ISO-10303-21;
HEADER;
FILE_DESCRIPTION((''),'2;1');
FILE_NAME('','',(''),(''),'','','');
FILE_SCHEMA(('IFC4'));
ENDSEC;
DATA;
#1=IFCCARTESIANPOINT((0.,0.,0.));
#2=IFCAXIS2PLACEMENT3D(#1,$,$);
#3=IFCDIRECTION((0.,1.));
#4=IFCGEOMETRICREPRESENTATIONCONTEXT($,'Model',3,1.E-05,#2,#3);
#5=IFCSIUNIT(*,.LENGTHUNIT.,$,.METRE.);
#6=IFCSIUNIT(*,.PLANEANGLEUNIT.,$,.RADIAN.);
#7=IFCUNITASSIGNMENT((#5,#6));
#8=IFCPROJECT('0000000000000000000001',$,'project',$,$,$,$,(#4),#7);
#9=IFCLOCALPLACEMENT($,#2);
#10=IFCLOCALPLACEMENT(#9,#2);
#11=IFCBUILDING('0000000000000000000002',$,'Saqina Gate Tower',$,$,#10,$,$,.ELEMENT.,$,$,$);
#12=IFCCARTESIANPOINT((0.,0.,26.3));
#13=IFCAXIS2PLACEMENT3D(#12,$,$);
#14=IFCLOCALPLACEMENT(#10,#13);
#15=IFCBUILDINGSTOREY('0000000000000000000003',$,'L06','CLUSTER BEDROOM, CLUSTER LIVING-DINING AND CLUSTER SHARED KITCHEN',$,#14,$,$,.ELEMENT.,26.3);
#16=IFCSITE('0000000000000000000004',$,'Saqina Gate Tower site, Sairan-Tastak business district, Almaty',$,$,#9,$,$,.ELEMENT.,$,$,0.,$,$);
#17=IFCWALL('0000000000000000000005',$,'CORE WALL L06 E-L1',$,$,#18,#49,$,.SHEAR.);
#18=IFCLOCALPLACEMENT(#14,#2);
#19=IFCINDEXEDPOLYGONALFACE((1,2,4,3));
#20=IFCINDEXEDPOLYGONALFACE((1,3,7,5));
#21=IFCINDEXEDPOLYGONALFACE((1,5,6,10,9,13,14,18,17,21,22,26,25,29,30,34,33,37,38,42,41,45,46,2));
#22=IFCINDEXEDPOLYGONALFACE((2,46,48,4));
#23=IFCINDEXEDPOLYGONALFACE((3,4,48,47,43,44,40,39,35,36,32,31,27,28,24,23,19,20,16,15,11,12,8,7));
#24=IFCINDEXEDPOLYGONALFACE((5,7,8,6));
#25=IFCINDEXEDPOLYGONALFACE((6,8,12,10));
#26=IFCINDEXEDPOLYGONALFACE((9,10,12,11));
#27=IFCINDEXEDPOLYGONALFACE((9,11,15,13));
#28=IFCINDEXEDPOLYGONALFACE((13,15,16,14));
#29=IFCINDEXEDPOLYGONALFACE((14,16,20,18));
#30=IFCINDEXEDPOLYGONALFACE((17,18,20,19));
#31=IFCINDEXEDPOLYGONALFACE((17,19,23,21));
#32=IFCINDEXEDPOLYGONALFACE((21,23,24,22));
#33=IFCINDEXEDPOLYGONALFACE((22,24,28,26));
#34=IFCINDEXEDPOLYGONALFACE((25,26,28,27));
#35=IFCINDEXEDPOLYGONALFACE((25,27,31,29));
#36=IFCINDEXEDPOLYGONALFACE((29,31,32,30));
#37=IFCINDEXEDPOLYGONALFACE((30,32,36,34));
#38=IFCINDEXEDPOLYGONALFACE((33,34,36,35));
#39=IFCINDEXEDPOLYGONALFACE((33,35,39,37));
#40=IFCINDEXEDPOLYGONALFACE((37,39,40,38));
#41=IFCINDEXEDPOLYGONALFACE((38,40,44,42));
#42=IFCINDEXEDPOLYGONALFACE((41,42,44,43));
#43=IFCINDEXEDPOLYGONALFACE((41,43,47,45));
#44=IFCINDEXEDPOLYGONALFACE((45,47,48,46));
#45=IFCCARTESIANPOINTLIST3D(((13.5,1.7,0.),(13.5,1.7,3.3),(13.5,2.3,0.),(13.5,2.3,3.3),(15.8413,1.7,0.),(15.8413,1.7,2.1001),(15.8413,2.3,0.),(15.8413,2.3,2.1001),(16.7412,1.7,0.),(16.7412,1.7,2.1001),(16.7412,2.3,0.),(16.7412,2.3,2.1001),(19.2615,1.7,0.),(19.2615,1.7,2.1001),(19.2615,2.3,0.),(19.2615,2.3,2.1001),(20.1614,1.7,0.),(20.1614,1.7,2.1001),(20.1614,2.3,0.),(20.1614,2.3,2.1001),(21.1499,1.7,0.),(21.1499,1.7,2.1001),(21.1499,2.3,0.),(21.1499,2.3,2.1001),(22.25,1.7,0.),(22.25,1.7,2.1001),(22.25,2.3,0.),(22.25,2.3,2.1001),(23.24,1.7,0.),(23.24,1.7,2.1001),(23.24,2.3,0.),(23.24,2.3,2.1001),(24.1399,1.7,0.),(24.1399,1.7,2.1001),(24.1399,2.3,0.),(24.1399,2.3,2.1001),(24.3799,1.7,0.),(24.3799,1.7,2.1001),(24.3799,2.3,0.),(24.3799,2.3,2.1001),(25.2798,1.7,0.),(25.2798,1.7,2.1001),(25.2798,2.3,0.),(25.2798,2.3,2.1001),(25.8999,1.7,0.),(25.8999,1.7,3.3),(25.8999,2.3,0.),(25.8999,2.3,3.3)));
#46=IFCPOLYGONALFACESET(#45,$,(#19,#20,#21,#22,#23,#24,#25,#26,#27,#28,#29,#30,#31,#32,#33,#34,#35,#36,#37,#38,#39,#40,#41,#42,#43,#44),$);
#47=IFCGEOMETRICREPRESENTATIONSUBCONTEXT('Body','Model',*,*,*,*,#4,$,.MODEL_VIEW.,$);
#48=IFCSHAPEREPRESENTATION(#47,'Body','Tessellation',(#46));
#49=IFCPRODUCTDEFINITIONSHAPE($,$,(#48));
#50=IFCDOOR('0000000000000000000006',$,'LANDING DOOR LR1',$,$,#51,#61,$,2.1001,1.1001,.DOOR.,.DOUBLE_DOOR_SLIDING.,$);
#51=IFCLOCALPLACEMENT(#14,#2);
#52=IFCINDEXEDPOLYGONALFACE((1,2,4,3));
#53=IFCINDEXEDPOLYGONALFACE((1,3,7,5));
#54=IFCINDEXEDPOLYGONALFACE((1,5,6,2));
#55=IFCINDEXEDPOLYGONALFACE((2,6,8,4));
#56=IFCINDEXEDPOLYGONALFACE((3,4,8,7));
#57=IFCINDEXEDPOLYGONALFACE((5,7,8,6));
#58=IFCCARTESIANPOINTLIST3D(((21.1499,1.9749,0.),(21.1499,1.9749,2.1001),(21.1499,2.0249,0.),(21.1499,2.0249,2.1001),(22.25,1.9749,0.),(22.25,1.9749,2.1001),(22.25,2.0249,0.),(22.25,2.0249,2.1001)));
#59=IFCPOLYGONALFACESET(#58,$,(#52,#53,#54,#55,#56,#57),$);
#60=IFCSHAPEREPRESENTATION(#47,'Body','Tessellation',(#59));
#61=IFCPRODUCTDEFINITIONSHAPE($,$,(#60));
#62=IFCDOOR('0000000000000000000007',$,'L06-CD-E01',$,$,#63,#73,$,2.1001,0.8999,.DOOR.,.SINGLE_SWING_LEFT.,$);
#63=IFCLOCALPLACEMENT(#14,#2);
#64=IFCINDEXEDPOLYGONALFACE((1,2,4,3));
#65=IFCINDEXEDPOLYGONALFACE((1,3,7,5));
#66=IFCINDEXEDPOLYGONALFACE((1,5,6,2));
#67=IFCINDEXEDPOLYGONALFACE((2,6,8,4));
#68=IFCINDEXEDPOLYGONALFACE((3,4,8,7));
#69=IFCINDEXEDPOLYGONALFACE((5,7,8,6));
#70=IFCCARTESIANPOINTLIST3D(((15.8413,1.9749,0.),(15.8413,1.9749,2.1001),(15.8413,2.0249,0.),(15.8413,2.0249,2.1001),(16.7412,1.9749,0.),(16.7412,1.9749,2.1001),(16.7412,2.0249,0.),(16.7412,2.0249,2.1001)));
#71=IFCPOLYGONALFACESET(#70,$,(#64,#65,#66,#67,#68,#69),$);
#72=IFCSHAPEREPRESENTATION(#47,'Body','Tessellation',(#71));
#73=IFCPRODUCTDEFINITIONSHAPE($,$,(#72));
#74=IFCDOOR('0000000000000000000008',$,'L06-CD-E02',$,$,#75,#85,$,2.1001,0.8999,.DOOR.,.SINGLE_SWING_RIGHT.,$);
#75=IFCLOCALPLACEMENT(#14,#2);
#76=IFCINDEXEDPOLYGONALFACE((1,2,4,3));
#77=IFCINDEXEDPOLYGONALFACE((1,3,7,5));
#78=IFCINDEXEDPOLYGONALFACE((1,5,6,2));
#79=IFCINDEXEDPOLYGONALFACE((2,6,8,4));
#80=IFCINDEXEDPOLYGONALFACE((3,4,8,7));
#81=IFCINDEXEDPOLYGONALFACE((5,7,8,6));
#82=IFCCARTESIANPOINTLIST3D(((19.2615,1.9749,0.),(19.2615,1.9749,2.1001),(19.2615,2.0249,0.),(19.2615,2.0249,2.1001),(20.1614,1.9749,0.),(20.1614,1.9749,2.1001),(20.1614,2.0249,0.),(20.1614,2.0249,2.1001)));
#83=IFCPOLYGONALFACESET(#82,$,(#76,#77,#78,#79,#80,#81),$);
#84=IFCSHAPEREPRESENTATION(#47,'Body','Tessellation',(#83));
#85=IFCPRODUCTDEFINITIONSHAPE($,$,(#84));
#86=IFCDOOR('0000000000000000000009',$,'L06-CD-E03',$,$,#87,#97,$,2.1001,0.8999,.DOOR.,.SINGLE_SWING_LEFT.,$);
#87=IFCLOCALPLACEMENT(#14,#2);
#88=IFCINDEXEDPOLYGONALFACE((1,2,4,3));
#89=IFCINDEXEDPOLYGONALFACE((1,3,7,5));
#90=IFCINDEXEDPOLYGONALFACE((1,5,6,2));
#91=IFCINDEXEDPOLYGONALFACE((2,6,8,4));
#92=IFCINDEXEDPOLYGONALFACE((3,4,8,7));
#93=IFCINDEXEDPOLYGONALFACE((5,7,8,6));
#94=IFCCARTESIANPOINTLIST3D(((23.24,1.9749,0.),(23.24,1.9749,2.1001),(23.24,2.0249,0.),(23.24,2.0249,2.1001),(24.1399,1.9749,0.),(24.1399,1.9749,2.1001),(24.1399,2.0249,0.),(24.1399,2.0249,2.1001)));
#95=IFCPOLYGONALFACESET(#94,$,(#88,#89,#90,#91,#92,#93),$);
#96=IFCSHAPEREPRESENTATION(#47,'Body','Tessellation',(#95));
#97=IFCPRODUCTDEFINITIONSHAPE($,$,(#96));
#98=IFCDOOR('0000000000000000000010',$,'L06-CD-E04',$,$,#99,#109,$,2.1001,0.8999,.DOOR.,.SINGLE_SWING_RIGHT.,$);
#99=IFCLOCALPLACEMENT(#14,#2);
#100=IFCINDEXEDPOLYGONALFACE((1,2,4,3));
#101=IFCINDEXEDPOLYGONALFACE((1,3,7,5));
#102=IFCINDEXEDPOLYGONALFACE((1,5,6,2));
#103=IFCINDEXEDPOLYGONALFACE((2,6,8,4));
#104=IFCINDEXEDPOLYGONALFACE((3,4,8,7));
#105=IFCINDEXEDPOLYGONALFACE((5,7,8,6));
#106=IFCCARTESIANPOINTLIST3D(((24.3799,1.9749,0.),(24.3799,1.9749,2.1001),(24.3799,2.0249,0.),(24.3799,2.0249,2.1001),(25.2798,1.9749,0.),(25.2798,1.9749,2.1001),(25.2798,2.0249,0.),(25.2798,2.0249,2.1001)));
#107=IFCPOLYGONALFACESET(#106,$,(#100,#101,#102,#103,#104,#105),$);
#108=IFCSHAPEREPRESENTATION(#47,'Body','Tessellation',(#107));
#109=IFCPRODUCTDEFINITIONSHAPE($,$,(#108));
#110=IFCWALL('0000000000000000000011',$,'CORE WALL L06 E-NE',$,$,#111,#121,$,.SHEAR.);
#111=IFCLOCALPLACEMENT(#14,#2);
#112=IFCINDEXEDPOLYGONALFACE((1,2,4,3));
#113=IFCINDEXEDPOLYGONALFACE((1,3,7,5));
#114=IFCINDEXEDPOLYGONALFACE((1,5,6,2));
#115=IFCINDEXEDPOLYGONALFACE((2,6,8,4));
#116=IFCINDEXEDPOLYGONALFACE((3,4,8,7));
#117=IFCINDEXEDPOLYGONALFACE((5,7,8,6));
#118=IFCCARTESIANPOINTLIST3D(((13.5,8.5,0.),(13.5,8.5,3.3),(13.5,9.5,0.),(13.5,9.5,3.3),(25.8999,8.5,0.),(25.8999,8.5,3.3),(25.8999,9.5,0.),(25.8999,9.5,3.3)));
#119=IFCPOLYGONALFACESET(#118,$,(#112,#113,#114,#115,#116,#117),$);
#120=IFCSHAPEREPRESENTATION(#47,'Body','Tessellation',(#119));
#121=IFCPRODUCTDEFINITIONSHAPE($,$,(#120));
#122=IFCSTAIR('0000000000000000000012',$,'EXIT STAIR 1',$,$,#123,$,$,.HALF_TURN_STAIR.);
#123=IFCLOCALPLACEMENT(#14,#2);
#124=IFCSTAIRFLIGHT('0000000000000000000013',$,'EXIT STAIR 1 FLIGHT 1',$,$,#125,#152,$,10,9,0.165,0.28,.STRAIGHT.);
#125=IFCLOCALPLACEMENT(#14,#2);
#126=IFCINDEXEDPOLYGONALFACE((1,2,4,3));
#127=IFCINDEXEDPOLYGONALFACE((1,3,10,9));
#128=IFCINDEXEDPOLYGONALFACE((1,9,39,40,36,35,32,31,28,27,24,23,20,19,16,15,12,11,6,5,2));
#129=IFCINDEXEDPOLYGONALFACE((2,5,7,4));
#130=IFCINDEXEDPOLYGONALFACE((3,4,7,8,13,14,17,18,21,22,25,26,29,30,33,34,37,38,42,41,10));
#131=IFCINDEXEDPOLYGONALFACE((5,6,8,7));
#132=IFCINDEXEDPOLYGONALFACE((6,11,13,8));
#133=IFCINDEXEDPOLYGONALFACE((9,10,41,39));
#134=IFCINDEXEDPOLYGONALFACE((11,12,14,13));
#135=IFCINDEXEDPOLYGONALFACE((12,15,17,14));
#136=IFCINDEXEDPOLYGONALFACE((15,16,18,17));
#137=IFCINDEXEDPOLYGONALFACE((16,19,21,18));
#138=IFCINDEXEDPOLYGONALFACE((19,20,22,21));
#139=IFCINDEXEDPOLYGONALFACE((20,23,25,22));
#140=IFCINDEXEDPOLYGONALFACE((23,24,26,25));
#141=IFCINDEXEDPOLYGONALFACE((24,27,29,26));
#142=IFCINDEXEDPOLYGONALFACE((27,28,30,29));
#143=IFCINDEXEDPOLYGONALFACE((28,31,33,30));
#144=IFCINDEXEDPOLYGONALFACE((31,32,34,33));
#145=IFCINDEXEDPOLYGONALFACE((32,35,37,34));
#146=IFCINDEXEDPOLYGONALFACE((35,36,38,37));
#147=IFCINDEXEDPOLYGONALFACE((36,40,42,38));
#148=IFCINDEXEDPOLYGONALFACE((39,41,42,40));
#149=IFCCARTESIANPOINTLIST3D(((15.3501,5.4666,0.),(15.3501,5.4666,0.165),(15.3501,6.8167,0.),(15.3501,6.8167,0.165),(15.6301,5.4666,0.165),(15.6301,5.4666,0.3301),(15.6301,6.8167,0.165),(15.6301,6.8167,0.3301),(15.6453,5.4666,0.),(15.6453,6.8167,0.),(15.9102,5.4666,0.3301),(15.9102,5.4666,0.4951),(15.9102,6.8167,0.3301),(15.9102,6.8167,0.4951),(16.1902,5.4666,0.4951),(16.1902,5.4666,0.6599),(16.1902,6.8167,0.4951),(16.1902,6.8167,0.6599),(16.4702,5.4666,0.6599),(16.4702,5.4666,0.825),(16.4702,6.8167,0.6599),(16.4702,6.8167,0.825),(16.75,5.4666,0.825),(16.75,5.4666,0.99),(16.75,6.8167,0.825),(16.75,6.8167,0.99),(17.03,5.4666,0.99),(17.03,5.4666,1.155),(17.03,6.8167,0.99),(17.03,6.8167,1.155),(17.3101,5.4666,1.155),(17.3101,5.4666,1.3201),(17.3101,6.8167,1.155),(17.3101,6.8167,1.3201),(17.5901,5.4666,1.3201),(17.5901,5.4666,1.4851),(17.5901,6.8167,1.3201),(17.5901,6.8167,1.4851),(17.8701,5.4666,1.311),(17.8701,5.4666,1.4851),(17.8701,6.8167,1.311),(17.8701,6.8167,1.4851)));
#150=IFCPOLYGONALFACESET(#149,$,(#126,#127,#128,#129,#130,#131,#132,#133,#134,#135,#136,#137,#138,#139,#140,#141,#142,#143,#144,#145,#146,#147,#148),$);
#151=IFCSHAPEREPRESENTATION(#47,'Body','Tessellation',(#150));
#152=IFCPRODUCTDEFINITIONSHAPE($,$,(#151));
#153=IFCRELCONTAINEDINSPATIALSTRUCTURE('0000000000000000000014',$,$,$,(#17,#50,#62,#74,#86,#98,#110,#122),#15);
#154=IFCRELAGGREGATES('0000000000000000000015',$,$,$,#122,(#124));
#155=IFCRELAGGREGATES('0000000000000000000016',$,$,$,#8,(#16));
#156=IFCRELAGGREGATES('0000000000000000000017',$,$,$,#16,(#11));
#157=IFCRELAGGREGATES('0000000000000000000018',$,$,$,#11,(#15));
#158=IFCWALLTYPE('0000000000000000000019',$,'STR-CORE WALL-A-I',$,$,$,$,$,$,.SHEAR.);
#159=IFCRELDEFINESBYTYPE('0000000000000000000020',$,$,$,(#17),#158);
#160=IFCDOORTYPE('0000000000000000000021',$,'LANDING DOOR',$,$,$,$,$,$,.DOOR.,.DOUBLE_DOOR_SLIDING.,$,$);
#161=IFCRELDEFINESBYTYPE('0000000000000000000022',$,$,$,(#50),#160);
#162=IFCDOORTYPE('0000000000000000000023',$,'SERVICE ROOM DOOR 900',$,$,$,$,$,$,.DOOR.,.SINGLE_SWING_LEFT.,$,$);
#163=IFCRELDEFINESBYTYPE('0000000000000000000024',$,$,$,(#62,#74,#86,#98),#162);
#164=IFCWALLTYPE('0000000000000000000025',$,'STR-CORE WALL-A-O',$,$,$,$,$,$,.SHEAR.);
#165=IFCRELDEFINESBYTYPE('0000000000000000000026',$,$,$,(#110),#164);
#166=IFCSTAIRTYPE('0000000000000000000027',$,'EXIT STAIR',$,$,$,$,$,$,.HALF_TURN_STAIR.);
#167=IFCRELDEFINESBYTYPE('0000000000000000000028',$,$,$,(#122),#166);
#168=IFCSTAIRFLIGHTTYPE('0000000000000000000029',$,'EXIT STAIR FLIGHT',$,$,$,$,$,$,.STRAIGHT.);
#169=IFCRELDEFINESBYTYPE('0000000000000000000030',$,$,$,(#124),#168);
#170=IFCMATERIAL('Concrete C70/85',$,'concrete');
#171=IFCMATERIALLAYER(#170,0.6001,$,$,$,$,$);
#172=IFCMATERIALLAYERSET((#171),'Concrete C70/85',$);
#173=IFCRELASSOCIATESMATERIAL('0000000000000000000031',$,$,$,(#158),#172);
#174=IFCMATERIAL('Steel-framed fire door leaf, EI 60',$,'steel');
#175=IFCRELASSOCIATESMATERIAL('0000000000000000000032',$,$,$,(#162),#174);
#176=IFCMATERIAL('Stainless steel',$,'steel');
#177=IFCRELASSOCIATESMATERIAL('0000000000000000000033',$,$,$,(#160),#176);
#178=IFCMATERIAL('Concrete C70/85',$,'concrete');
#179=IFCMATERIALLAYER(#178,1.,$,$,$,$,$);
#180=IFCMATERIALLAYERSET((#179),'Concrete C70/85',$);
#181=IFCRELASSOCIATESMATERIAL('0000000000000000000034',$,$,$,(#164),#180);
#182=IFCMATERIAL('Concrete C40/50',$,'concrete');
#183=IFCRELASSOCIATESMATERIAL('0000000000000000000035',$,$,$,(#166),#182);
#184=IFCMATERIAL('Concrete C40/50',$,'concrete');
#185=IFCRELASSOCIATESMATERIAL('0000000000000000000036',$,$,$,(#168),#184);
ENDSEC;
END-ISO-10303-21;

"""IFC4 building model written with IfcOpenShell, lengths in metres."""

from ifc_helpers import new_model, si_unit, direction, frame, frame_2d, origin, place, context, subcontext, project, spatial, polyline, rectangle, outline, extrude, material, layer, layer_set, type_object, element, fill, aggregate, save


model = new_model("IFC4")

# Units and contexts
model_context = context("Model", 3, precision=1e-05, world=origin(), true_north=direction((0.0, 1.0)))
body_context = subcontext(model_context, "Body", "Model", "MODEL_VIEW")
ifc_project = project(units=[si_unit("LENGTHUNIT", "METRE"), si_unit("PLANEANGLEUNIT", "RADIAN")], contexts=[model_context])

# Site, building, storey
site_placement = place(None, origin())
site = spatial("IfcSite", under=ifc_project, at=site_placement, Name="Saqina Gate Tower site, Sairan-Tastak business district, Almaty", CompositionType="ELEMENT", RefElevation=0.0)
building_placement = place(site_placement, origin())
building = spatial("IfcBuilding", under=site, at=building_placement, Name="Saqina Gate Tower", CompositionType="ELEMENT")
storey_placement = place(building_placement, frame((0.0, 0.0, 26.3)))
storey = spatial("IfcBuildingStorey", under=building, at=storey_placement, Name="L06", Description="CLUSTER BEDROOM, CLUSTER LIVING-DINING AND CLUSTER SHARED KITCHEN", CompositionType="ELEMENT", Elevation=26.3)

# Shared definitions
ifc_material_1 = material(Name="Concrete C70/85", Category="concrete")
ifc_layer_1 = layer(ifc_material_1, 0.6001)
ifc_layer_set_1 = layer_set([ifc_layer_1], Name="Concrete C70/85")
wall_type_1 = type_object("IfcWallType", Name="STR-CORE WALL-A-I", PredefinedType="SHEAR", material=ifc_layer_set_1)
ifc_material_2 = material(Name="Steel-framed fire door leaf, EI 60", Category="steel")
door_type_1 = type_object("IfcDoorType", Name="SERVICE ROOM DOOR 900", OperationType="SINGLE_SWING_LEFT", PredefinedType="DOOR", material=ifc_material_2)

# Wall, openings, doors
wall_1_placement = place(storey_placement, frame((13.5, 2.0, 0.0), z_axis=(0.0, 0.0, 1.0), x_axis=(1.0, 0.0, 0.0)))
wall_1 = element("IfcWall", 1, at=wall_1_placement, inside=storey, type_object=wall_type_1, Name="CORE WALL L06 E-L1", PredefinedType="SHEAR", context=body_context, shape_type="SweptSolid", body=[
    extrude(rectangle(XDim=12.3999, YDim=0.6001, at=frame_2d((6.2, 0.0))), origin(), (0.0, 0.0, 1.0), 3.3),
])
opening_1_placement = place(wall_1_placement, frame((7.6499, 0.0, 0.0)))
opening_1 = element("IfcOpeningElement", 2, at=opening_1_placement, cuts=wall_1, PredefinedType="OPENING", context=body_context, shape_type="SweptSolid", body=[
    extrude(rectangle(XDim=1.1001, YDim=2.1001, at=frame_2d((0.55, 1.05))), frame((0.0, 0.312, 0.0), z_axis=(0.0, -1.0, 0.0), x_axis=(1.0, 0.0, 0.0)), (0.0, 0.0, 1.0), 0.624),
])
opening_2_placement = place(wall_1_placement, frame((2.3413, 0.0, 0.0)))
opening_2 = element("IfcOpeningElement", 3, at=opening_2_placement, cuts=wall_1, PredefinedType="OPENING", context=body_context, shape_type="SweptSolid", body=[
    extrude(rectangle(XDim=0.8999, YDim=2.1001, at=frame_2d((0.45, 1.05))), frame((0.0, 0.312, 0.0), z_axis=(0.0, -1.0, 0.0), x_axis=(1.0, 0.0, 0.0)), (0.0, 0.0, 1.0), 0.624),
])
opening_3_placement = place(wall_1_placement, frame((5.7615, 0.0, 0.0)))
opening_3 = element("IfcOpeningElement", 4, at=opening_3_placement, cuts=wall_1, PredefinedType="OPENING", context=body_context, shape_type="SweptSolid", body=[
    extrude(rectangle(XDim=0.8999, YDim=2.1001, at=frame_2d((0.45, 1.05))), frame((0.0, 0.312, 0.0), z_axis=(0.0, -1.0, 0.0), x_axis=(1.0, 0.0, 0.0)), (0.0, 0.0, 1.0), 0.624),
])
opening_4_placement = place(wall_1_placement, frame((9.74, 0.0, 0.0)))
opening_4 = element("IfcOpeningElement", 5, at=opening_4_placement, cuts=wall_1, PredefinedType="OPENING", context=body_context, shape_type="SweptSolid", body=[
    extrude(rectangle(XDim=0.8999, YDim=2.1001, at=frame_2d((0.45, 1.05))), frame((0.0, 0.312, 0.0), z_axis=(0.0, -1.0, 0.0), x_axis=(1.0, 0.0, 0.0)), (0.0, 0.0, 1.0), 0.624),
])
opening_5_placement = place(wall_1_placement, frame((10.8799, 0.0, 0.0)))
opening_5 = element("IfcOpeningElement", 6, at=opening_5_placement, cuts=wall_1, PredefinedType="OPENING", context=body_context, shape_type="SweptSolid", body=[
    extrude(rectangle(XDim=0.8999, YDim=2.1001, at=frame_2d((0.45, 1.05))), frame((0.0, 0.312, 0.0), z_axis=(0.0, -1.0, 0.0), x_axis=(1.0, 0.0, 0.0)), (0.0, 0.0, 1.0), 0.624),
])
ifc_material_3 = material(Name="Stainless steel", Category="steel")
door_type_2 = type_object("IfcDoorType", Name="LANDING DOOR", OperationType="DOUBLE_DOOR_SLIDING", PredefinedType="DOOR", material=ifc_material_3)
door_1_placement = place(opening_1_placement, origin())
door_1 = element("IfcDoor", 7, at=door_1_placement, inside=storey, type_object=door_type_2, Name="LANDING DOOR LR1", OperationType="DOUBLE_DOOR_SLIDING", OverallHeight=2.1001, OverallWidth=1.1001, PredefinedType="DOOR", context=body_context, shape_type="SweptSolid", body=[
    extrude(rectangle(XDim=1.1001, YDim=2.1001, at=frame_2d((0.55, 1.05))), frame((0.0, 0.0249, 0.0), z_axis=(0.0, -1.0, 0.0), x_axis=(1.0, 0.0, 0.0)), (0.0, 0.0, 1.0), 0.05),
])
fill(opening_1, door_1)
door_2_placement = place(opening_2_placement, origin())
door_2 = element("IfcDoor", 8, at=door_2_placement, inside=storey, type_object=door_type_1, Name="L06-CD-E01", OperationType="SINGLE_SWING_LEFT", OverallHeight=2.1001, OverallWidth=0.8999, PredefinedType="DOOR", context=body_context, shape_type="SweptSolid", body=[
    extrude(rectangle(XDim=0.8999, YDim=2.1001, at=frame_2d((0.45, 1.05))), frame((0.0, 0.0249, 0.0), z_axis=(0.0, -1.0, 0.0), x_axis=(1.0, 0.0, 0.0)), (0.0, 0.0, 1.0), 0.05),
])
fill(opening_2, door_2)
door_3_placement = place(opening_3_placement, origin())
door_3 = element("IfcDoor", 9, at=door_3_placement, inside=storey, type_object=door_type_1, Name="L06-CD-E02", OperationType="SINGLE_SWING_RIGHT", OverallHeight=2.1001, OverallWidth=0.8999, PredefinedType="DOOR", context=body_context, shape_type="SweptSolid", body=[
    extrude(rectangle(XDim=0.8999, YDim=2.1001, at=frame_2d((0.45, 1.05))), frame((0.0, 0.0249, 0.0), z_axis=(0.0, -1.0, 0.0), x_axis=(1.0, 0.0, 0.0)), (0.0, 0.0, 1.0), 0.05),
])
fill(opening_3, door_3)
door_4_placement = place(opening_4_placement, origin())
door_4 = element("IfcDoor", 10, at=door_4_placement, inside=storey, type_object=door_type_1, Name="L06-CD-E03", OperationType="SINGLE_SWING_LEFT", OverallHeight=2.1001, OverallWidth=0.8999, PredefinedType="DOOR", context=body_context, shape_type="SweptSolid", body=[
    extrude(rectangle(XDim=0.8999, YDim=2.1001, at=frame_2d((0.45, 1.05))), frame((0.0, 0.0249, 0.0), z_axis=(0.0, -1.0, 0.0), x_axis=(1.0, 0.0, 0.0)), (0.0, 0.0, 1.0), 0.05),
])
fill(opening_4, door_4)
door_5_placement = place(opening_5_placement, origin())
door_5 = element("IfcDoor", 11, at=door_5_placement, inside=storey, type_object=door_type_1, Name="L06-CD-E04", OperationType="SINGLE_SWING_RIGHT", OverallHeight=2.1001, OverallWidth=0.8999, PredefinedType="DOOR", context=body_context, shape_type="SweptSolid", body=[
    extrude(rectangle(XDim=0.8999, YDim=2.1001, at=frame_2d((0.45, 1.05))), frame((0.0, 0.0249, 0.0), z_axis=(0.0, -1.0, 0.0), x_axis=(1.0, 0.0, 0.0)), (0.0, 0.0, 1.0), 0.05),
])
fill(opening_5, door_5)

# Wall
ifc_material_4 = material(Name="Concrete C70/85", Category="concrete")
ifc_layer_2 = layer(ifc_material_4, 1.0)
ifc_layer_set_2 = layer_set([ifc_layer_2], Name="Concrete C70/85")
wall_type_2 = type_object("IfcWallType", Name="STR-CORE WALL-A-O", PredefinedType="SHEAR", material=ifc_layer_set_2)
wall_2_placement = place(storey_placement, frame((13.5, 9.0, 0.0), z_axis=(0.0, 0.0, 1.0), x_axis=(1.0, 0.0, 0.0)))
element("IfcWall", 12, at=wall_2_placement, inside=storey, type_object=wall_type_2, Name="CORE WALL L06 E-NE", PredefinedType="SHEAR", context=body_context, shape_type="SweptSolid", body=[
    extrude(rectangle(XDim=12.3999, YDim=1.0, at=frame_2d((6.2, 0.0))), origin(), (0.0, 0.0, 1.0), 3.3),
])

# Stair, stair flight
ifc_material_5 = material(Name="Concrete C40/50", Category="concrete")
stair_type = type_object("IfcStairType", Name="EXIT STAIR", PredefinedType="HALF_TURN_STAIR", material=ifc_material_5)
stair_placement = place(storey_placement, origin())
stair = element("IfcStair", 13, at=stair_placement, inside=storey, type_object=stair_type, Name="EXIT STAIR 1", PredefinedType="HALF_TURN_STAIR")
ifc_material_6 = material(Name="Concrete C40/50", Category="concrete")
stair_flight_type = type_object("IfcStairFlightType", Name="EXIT STAIR FLIGHT", PredefinedType="STRAIGHT", material=ifc_material_6)
stair_flight_1_placement = place(storey_placement, frame((15.3501, 6.1416, 0.0), z_axis=(0.0, 0.0, 1.0), x_axis=(1.0, 0.0, 0.0)))
stair_flight_1 = element("IfcStairFlight", 14, at=stair_flight_1_placement, type_object=stair_flight_type, Name="EXIT STAIR 1 FLIGHT 1", NumberOfRisers=10, NumberOfTreads=9, PredefinedType="STRAIGHT", RiserHeight=0.165, TreadLength=0.28, context=body_context, shape_type="SweptSolid", body=[
    extrude(outline(polyline([(0.0, 0.0), (0.0, 0.165), (0.28, 0.165), (0.28, 0.3301), (0.5601, 0.3301), (0.5601, 0.4951), (0.8401, 0.4951), (0.8401, 0.6599), (1.1201, 0.6599), (1.1201, 0.825), (1.3999, 0.825), (1.3999, 0.99), (1.6799, 0.99), (1.6799, 1.155), (1.96, 1.155), (1.96, 1.3201), (2.24, 1.3201), (2.24, 1.4851), (2.52, 1.4851), (2.52, 1.6499), (2.52, 1.311), (0.2952, 0.0), (0.0, 0.0)])), frame((0.0, 0.675, 0.0), z_axis=(0.0, -1.0, 0.0), x_axis=(1.0, 0.0, 0.0)), (0.0, 0.0, 1.0), 1.3501),
])
aggregate(stair, [stair_flight_1])

save(model, "model.ifc")
